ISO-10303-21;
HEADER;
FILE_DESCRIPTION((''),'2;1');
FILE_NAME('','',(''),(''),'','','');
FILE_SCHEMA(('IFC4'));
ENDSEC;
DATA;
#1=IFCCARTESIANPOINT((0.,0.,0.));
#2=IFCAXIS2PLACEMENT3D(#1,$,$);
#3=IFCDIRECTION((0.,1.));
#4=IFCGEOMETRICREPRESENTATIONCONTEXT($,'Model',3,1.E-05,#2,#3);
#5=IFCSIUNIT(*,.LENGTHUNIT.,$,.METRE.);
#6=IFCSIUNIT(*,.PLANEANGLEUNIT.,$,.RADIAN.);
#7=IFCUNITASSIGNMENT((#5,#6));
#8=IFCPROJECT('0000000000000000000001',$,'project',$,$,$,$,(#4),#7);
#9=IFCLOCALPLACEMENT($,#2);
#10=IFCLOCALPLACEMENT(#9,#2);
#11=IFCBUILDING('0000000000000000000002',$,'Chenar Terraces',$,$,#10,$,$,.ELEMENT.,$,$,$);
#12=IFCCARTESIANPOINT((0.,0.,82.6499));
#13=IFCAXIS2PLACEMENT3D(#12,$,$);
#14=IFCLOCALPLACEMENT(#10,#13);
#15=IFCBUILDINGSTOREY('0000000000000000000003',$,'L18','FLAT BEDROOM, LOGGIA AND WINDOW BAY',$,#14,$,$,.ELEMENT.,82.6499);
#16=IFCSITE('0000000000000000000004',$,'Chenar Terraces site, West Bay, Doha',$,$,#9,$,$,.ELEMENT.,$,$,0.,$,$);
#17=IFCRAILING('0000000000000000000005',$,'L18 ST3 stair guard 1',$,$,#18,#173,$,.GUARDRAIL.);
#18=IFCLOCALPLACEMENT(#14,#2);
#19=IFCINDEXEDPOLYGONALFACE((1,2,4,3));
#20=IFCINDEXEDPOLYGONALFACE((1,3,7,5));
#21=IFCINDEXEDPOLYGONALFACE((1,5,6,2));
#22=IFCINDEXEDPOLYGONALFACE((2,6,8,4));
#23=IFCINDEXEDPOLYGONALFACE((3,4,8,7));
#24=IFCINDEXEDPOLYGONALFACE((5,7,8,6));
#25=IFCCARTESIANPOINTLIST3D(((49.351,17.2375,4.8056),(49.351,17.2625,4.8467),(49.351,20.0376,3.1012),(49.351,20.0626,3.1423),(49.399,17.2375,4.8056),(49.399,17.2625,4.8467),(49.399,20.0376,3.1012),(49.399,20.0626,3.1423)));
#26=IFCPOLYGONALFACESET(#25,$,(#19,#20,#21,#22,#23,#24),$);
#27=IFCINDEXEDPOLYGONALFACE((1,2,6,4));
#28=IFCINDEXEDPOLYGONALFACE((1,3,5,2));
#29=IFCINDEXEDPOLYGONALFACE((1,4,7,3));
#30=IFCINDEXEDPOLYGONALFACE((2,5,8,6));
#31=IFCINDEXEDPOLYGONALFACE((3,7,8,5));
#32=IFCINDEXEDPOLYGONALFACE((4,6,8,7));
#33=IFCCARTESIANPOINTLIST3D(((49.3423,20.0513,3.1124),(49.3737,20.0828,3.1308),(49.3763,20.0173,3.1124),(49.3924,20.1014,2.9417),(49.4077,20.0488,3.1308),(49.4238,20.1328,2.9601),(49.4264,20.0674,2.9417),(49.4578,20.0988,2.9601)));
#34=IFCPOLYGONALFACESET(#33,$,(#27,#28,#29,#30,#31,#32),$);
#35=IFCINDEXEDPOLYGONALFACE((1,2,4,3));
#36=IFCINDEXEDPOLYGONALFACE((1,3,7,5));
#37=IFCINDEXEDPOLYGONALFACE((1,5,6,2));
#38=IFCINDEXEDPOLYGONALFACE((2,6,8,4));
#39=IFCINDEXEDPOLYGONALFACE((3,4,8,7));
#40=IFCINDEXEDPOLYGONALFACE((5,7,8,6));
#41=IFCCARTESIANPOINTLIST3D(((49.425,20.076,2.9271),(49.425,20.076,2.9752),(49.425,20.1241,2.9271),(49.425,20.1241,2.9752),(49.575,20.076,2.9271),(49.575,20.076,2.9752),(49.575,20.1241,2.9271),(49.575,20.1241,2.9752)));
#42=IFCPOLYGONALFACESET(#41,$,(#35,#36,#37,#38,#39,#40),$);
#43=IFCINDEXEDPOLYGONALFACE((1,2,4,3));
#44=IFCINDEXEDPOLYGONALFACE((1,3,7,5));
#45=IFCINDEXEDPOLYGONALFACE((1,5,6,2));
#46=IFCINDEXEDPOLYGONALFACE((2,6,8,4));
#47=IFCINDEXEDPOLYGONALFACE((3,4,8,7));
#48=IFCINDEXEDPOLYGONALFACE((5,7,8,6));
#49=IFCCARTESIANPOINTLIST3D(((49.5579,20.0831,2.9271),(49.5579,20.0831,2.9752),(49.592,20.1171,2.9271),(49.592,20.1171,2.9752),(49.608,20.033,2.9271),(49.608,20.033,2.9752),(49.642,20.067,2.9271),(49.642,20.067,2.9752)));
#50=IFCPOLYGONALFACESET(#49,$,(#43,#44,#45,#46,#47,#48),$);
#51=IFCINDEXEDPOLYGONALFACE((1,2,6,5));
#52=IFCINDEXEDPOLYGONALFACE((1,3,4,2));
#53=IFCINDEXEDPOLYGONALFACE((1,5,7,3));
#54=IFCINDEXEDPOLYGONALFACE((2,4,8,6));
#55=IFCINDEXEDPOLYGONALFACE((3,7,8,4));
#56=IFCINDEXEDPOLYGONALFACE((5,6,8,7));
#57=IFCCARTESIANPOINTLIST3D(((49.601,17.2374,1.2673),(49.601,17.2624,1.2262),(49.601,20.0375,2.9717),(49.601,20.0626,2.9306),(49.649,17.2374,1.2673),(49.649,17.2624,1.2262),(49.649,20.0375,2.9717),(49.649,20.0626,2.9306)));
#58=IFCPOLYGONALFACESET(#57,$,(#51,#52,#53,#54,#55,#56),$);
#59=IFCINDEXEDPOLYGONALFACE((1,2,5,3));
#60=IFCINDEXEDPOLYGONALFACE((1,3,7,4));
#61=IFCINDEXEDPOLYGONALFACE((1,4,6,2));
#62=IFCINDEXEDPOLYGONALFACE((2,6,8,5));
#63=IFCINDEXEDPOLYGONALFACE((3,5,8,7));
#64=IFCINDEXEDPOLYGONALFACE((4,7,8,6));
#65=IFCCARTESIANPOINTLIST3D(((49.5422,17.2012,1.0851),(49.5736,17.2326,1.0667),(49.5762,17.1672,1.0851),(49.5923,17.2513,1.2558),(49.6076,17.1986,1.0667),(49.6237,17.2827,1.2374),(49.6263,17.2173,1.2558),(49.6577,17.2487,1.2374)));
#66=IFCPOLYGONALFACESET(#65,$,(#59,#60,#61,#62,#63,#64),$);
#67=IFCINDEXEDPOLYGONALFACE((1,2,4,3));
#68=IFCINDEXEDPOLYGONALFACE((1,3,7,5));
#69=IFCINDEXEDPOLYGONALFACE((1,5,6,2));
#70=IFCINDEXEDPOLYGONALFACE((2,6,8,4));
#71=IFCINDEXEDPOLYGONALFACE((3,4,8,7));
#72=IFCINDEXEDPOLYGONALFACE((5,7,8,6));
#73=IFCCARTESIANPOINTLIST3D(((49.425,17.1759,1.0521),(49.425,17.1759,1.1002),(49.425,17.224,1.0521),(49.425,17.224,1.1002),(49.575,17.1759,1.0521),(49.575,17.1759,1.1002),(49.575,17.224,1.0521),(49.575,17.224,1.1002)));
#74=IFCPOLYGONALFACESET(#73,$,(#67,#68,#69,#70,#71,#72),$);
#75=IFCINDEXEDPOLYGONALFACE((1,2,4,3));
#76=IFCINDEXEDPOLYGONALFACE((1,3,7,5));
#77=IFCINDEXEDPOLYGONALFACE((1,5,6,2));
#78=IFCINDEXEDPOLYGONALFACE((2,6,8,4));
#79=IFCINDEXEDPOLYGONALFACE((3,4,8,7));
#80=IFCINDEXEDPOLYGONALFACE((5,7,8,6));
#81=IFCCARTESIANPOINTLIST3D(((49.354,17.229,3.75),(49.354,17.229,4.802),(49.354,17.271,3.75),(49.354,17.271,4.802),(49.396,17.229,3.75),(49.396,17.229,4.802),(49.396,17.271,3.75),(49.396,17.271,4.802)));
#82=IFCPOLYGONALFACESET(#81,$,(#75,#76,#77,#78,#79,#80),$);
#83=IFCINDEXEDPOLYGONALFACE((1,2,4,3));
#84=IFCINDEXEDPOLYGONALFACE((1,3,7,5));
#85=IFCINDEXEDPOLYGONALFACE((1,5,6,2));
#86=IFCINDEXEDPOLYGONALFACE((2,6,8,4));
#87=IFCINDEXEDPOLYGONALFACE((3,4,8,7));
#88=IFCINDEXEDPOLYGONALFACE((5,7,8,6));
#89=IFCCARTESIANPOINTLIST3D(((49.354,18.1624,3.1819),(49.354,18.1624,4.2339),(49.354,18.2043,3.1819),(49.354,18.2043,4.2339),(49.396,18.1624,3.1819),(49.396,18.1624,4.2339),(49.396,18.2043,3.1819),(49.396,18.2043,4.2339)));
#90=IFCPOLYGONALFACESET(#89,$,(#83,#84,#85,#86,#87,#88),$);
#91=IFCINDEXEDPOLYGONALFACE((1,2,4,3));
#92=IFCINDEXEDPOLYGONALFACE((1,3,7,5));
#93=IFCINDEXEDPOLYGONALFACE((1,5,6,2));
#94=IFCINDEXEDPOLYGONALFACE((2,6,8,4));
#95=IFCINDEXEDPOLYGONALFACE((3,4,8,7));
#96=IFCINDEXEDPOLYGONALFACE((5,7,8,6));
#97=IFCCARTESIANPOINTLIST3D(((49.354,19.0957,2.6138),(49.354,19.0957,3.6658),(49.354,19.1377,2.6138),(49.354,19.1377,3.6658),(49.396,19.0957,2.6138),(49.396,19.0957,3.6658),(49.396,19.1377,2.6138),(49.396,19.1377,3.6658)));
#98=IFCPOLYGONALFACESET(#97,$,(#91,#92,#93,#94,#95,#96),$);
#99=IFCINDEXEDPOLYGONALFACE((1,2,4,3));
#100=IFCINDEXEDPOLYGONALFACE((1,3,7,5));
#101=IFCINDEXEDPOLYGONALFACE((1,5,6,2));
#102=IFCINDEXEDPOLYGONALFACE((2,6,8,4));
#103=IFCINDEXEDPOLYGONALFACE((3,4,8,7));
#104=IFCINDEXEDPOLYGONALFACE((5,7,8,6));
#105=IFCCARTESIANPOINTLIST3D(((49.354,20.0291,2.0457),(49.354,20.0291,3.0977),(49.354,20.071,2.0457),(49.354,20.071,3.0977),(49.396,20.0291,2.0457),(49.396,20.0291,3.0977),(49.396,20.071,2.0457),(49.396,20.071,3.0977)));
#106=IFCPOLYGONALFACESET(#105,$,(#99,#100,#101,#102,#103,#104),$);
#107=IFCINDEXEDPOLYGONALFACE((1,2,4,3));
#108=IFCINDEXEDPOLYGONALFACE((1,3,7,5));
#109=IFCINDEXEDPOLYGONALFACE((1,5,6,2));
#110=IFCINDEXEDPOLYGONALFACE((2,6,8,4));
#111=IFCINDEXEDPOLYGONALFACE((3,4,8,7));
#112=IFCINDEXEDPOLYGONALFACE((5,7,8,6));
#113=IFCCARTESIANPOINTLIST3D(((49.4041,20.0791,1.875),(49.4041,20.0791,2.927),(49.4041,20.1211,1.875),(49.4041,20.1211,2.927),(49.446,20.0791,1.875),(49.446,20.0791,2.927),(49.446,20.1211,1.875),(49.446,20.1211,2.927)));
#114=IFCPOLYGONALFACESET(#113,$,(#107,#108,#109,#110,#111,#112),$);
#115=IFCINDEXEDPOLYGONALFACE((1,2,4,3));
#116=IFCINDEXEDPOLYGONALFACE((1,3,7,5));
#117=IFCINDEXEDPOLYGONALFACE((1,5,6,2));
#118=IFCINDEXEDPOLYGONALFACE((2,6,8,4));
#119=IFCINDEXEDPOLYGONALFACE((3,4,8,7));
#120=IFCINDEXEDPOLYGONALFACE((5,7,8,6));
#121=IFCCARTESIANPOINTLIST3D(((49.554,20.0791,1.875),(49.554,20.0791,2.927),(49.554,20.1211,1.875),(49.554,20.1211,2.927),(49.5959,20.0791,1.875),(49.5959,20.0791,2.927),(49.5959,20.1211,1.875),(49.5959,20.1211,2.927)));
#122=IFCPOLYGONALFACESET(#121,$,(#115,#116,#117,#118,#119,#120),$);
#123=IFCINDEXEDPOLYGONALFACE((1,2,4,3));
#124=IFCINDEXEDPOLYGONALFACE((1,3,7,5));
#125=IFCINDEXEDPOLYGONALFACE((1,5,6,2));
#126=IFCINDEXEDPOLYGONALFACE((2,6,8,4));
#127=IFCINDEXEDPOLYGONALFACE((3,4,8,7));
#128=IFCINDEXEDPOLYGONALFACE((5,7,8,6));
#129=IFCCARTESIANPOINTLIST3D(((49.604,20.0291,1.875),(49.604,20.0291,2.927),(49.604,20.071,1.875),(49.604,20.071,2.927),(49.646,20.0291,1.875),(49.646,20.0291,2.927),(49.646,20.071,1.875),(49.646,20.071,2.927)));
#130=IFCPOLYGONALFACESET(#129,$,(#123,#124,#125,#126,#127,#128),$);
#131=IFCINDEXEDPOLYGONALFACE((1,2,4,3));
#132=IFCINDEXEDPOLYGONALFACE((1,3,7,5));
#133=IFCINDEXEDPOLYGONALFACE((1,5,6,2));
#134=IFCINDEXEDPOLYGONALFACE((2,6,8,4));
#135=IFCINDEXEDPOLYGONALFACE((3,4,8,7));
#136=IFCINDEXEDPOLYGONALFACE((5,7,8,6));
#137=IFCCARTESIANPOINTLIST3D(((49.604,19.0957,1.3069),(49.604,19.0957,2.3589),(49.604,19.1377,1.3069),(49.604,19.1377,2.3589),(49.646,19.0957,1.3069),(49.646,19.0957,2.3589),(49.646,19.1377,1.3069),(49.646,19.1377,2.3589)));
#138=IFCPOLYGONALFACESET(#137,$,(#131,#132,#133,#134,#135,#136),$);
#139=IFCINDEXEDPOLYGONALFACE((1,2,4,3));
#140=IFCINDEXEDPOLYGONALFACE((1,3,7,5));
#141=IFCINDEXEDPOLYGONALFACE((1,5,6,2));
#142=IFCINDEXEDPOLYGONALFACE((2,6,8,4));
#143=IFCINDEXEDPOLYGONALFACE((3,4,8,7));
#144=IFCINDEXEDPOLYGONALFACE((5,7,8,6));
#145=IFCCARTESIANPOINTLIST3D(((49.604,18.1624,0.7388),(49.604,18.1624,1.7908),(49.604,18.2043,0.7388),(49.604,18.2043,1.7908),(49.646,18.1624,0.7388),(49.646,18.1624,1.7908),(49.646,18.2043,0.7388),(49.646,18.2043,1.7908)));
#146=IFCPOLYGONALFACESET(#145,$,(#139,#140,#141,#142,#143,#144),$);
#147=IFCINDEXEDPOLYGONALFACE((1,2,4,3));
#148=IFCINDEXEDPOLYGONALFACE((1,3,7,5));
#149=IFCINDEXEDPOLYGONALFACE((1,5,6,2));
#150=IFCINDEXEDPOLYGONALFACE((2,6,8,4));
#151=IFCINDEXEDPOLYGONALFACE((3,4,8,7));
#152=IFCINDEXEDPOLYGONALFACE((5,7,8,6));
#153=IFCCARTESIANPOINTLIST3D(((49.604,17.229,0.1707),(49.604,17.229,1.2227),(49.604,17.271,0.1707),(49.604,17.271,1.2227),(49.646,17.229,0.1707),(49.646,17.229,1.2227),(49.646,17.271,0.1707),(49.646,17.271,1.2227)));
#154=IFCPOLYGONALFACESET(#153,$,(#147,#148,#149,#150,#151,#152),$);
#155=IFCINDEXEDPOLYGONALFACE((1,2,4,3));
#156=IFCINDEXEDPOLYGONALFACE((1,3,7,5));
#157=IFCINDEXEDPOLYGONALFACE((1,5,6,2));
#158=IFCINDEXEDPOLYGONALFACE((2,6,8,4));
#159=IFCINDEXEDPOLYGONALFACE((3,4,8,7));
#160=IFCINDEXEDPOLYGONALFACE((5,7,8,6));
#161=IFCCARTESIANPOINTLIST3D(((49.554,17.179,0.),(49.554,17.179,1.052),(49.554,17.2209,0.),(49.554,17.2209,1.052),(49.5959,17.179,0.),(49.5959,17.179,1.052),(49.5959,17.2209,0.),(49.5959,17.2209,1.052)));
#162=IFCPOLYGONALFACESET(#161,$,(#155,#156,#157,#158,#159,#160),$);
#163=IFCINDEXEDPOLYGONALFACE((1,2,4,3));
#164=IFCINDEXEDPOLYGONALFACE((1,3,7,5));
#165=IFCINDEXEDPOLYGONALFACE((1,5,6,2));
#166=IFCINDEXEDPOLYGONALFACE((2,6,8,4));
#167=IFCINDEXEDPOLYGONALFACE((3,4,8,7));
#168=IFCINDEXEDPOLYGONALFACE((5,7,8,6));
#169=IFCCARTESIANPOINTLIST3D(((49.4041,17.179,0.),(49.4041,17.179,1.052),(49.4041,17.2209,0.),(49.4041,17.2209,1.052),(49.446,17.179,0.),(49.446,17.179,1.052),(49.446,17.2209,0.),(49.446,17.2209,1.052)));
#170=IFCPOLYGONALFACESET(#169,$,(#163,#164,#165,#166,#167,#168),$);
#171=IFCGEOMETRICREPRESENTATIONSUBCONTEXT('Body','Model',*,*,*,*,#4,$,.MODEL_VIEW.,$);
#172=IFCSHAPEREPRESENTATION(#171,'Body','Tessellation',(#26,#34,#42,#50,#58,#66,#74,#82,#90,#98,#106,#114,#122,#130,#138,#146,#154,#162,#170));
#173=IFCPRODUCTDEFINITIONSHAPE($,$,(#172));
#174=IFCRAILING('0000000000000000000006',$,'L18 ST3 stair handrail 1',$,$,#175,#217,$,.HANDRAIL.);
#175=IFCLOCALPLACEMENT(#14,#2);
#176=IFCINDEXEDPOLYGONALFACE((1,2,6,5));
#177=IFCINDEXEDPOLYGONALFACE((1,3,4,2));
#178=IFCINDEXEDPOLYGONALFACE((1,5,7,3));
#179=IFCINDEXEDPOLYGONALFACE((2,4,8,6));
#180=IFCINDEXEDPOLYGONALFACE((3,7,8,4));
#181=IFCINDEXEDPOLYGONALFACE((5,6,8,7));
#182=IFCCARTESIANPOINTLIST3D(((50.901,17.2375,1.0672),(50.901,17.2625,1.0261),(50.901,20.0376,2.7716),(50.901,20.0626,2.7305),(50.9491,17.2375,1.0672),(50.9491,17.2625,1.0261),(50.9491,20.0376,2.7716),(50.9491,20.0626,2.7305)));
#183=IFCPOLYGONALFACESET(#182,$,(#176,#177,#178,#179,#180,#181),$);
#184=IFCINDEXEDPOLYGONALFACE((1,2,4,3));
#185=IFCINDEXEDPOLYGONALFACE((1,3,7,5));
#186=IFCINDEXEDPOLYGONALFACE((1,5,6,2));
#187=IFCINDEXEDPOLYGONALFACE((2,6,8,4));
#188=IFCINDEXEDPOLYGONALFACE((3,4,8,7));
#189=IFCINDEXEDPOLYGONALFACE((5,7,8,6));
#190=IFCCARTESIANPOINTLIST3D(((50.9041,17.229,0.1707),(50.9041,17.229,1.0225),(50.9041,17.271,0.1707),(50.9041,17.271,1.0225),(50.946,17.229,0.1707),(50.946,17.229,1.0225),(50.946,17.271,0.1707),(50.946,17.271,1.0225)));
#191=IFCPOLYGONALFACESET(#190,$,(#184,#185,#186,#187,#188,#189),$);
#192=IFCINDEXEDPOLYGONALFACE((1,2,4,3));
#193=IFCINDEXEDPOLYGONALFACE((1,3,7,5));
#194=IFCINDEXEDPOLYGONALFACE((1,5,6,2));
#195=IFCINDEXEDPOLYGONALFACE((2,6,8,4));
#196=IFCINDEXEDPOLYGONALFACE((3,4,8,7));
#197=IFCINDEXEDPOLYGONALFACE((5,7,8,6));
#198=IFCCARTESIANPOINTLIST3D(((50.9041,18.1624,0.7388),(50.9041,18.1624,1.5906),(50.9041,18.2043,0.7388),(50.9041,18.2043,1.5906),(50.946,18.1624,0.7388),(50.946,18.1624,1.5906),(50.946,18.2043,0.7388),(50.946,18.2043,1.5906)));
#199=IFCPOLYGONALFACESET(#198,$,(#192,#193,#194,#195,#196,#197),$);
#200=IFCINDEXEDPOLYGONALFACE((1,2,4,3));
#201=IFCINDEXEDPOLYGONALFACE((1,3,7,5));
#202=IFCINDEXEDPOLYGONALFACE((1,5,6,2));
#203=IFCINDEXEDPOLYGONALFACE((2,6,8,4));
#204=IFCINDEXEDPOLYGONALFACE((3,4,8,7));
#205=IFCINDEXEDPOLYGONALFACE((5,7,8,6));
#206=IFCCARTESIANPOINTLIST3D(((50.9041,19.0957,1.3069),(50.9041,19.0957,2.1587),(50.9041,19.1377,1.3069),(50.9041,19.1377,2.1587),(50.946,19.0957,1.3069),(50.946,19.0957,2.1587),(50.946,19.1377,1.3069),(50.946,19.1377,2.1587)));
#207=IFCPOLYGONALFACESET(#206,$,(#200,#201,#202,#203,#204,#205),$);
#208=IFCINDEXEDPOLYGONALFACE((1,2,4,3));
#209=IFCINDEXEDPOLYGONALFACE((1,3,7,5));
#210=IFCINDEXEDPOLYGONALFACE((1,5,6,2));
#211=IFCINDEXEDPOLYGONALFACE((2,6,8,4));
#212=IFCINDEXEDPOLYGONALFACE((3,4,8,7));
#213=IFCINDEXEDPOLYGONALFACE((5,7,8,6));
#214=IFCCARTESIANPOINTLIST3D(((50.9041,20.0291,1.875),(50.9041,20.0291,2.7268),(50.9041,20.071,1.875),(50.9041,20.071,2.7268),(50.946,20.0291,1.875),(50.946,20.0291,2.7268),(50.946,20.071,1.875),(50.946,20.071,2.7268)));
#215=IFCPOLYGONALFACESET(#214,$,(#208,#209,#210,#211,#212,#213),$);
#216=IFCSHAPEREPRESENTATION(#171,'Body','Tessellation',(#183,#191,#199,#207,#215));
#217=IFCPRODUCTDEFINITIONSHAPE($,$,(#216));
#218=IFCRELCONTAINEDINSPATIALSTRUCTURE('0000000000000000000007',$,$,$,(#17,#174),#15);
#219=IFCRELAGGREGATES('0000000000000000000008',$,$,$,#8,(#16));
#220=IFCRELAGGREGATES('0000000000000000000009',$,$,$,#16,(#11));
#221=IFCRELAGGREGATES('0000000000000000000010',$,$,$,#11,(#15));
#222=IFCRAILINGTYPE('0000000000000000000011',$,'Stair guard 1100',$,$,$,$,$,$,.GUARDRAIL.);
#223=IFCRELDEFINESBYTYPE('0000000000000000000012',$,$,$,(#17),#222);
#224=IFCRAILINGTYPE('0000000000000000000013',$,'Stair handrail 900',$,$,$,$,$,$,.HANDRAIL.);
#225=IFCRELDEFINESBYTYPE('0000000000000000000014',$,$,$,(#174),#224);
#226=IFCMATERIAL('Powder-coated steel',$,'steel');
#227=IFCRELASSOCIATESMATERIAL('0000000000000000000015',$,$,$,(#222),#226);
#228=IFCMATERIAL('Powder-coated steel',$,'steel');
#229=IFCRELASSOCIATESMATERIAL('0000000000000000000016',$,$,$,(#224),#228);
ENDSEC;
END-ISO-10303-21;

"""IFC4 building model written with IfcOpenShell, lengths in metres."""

from ifc_helpers import new_model, si_unit, direction, frame, origin, origin_2d, place, context, subcontext, project, spatial, rectangle, extrude, material, type_object, element, save


model = new_model("IFC4")

# Units and contexts
model_context = context("Model", 3, precision=1e-05, world=origin(), true_north=direction((0.0, 1.0)))
body_context = subcontext(model_context, "Body", "Model", "MODEL_VIEW")
ifc_project = project(units=[si_unit("LENGTHUNIT", "METRE"), si_unit("PLANEANGLEUNIT", "RADIAN")], contexts=[model_context])

# Site, building, storey
site_placement = place(None, origin())
site = spatial("IfcSite", under=ifc_project, at=site_placement, Name="Chenar Terraces site, West Bay, Doha", CompositionType="ELEMENT", RefElevation=0.0)
building_placement = place(site_placement, origin())
building = spatial("IfcBuilding", under=site, at=building_placement, Name="Chenar Terraces", CompositionType="ELEMENT")
storey_placement = place(building_placement, frame((0.0, 0.0, 82.6499)))
storey = spatial("IfcBuildingStorey", under=building, at=storey_placement, Name="L18", Description="FLAT BEDROOM, LOGGIA AND WINDOW BAY", CompositionType="ELEMENT", Elevation=82.6499)

# Railings
ifc_material_1 = material(Name="Powder-coated steel", Category="steel")
railing_type_1 = type_object("IfcRailingType", Name="Stair guard 1100", PredefinedType="GUARDRAIL", material=ifc_material_1)
railing_1_placement = place(storey_placement, frame((49.375, 17.25, 3.75)))
element("IfcRailing", 1, at=railing_1_placement, inside=storey, type_object=railing_type_1, Name="L18 ST3 stair guard 1", PredefinedType="GUARDRAIL", context=body_context, shape_type="SweptSolid", body=[
    extrude(rectangle(XDim=0.0481, YDim=0.0481, at=origin_2d()), frame((0.0, 0.0, 1.0762), z_axis=(0.0, 0.854203, -0.51994), x_axis=(-1.0, 0.0, 0.0)), (0.0, 0.0, 1.0), 3.2781),
    extrude(rectangle(XDim=0.0481, YDim=0.0481, at=origin_2d()), frame((0.0, 2.8, -0.6284), z_axis=(0.2709, 0.2709, -0.923703), x_axis=(-0.707107, 0.707107, 0.0)), (0.0, 0.0, 1.0), 0.1848),
    extrude(rectangle(XDim=0.0481, YDim=0.0481, at=origin_2d()), frame((0.05, 2.8501, -0.7988), z_axis=(1.0, 0.0, 0.0), x_axis=(0.0, 1.0, 0.0)), (0.0, 0.0, 1.0), 0.1499),
    extrude(rectangle(XDim=0.0481, YDim=0.0481, at=origin_2d()), frame((0.2, 2.8501, -0.7988), z_axis=(0.707107, -0.707107, 0.0), x_axis=(0.707107, 0.707107, 0.0)), (0.0, 0.0, 1.0), 0.0708),
    extrude(rectangle(XDim=0.0481, YDim=0.0481, at=origin_2d()), frame((0.25, 2.8, -0.7988), z_axis=(0.0, -0.854203, -0.51994), x_axis=(1.0, 0.0, 0.0)), (0.0, 0.0, 1.0), 3.2781),
    extrude(rectangle(XDim=0.0481, YDim=0.0481, at=origin_2d()), frame((0.25, 0.0, -2.5034), z_axis=(-0.2709, -0.2709, -0.923703), x_axis=(0.707107, -0.707107, 0.0)), (0.0, 0.0, 1.0), 0.1848),
    extrude(rectangle(XDim=0.0481, YDim=0.0481, at=origin_2d()), frame((0.2, -0.05, -2.6738), z_axis=(-1.0, 0.0, 0.0), x_axis=(0.0, -1.0, 0.0)), (0.0, 0.0, 1.0), 0.1499),
    extrude(rectangle(XDim=0.042, YDim=0.042, at=origin_2d()), origin(), (0.0, 0.0, 1.0), 1.052),
    extrude(rectangle(XDim=0.042, YDim=0.042, at=origin_2d()), frame((0.0, 0.9333, -0.5681)), (0.0, 0.0, 1.0), 1.052),
    extrude(rectangle(XDim=0.042, YDim=0.042, at=origin_2d()), frame((0.0, 1.8667, -1.1362)), (0.0, 0.0, 1.0), 1.052),
    extrude(rectangle(XDim=0.042, YDim=0.042, at=origin_2d()), frame((0.0, 2.8, -1.7043)), (0.0, 0.0, 1.0), 1.052),
    extrude(rectangle(XDim=0.042, YDim=0.042, at=origin_2d()), frame((0.05, 2.8501, -1.875)), (0.0, 0.0, 1.0), 1.052),
    extrude(rectangle(XDim=0.042, YDim=0.042, at=origin_2d()), frame((0.2, 2.8501, -1.875)), (0.0, 0.0, 1.0), 1.052),
    extrude(rectangle(XDim=0.042, YDim=0.042, at=origin_2d()), frame((0.25, 2.8, -1.875)), (0.0, 0.0, 1.0), 1.052),
    extrude(rectangle(XDim=0.042, YDim=0.042, at=origin_2d()), frame((0.25, 1.8667, -2.4431)), (0.0, 0.0, 1.0), 1.052),
    extrude(rectangle(XDim=0.042, YDim=0.042, at=origin_2d()), frame((0.25, 0.9333, -3.0112)), (0.0, 0.0, 1.0), 1.052),
    extrude(rectangle(XDim=0.042, YDim=0.042, at=origin_2d()), frame((0.25, 0.0, -3.5793)), (0.0, 0.0, 1.0), 1.052),
    extrude(rectangle(XDim=0.042, YDim=0.042, at=origin_2d()), frame((0.2, -0.05, -3.75)), (0.0, 0.0, 1.0), 1.052),
    extrude(rectangle(XDim=0.042, YDim=0.042, at=origin_2d()), frame((0.05, -0.05, -3.75)), (0.0, 0.0, 1.0), 1.052),
])
ifc_material_2 = material(Name="Powder-coated steel", Category="steel")
railing_type_2 = type_object("IfcRailingType", Name="Stair handrail 900", PredefinedType="HANDRAIL", material=ifc_material_2)
railing_2_placement = place(storey_placement, frame((50.925, 17.25, 0.1707)))
element("IfcRailing", 2, at=railing_2_placement, inside=storey, type_object=railing_type_2, Name="L18 ST3 stair handrail 1", PredefinedType="HANDRAIL", context=body_context, shape_type="SweptSolid", body=[
    extrude(rectangle(XDim=0.0481, YDim=0.0481, at=origin_2d()), frame((0.0, 0.0, 0.876), z_axis=(0.0, 0.854203, 0.51994), x_axis=(-1.0, 0.0, 0.0)), (0.0, 0.0, 1.0), 3.2781),
    extrude(rectangle(XDim=0.042, YDim=0.042, at=origin_2d()), origin(), (0.0, 0.0, 1.0), 0.8518),
    extrude(rectangle(XDim=0.042, YDim=0.042, at=origin_2d()), frame((0.0, 0.9333, 0.5681)), (0.0, 0.0, 1.0), 0.8518),
    extrude(rectangle(XDim=0.042, YDim=0.042, at=origin_2d()), frame((0.0, 1.8667, 1.1362)), (0.0, 0.0, 1.0), 0.8518),
    extrude(rectangle(XDim=0.042, YDim=0.042, at=origin_2d()), frame((0.0, 2.8, 1.7043)), (0.0, 0.0, 1.0), 0.8518),
])

save(model, "model.ifc")
